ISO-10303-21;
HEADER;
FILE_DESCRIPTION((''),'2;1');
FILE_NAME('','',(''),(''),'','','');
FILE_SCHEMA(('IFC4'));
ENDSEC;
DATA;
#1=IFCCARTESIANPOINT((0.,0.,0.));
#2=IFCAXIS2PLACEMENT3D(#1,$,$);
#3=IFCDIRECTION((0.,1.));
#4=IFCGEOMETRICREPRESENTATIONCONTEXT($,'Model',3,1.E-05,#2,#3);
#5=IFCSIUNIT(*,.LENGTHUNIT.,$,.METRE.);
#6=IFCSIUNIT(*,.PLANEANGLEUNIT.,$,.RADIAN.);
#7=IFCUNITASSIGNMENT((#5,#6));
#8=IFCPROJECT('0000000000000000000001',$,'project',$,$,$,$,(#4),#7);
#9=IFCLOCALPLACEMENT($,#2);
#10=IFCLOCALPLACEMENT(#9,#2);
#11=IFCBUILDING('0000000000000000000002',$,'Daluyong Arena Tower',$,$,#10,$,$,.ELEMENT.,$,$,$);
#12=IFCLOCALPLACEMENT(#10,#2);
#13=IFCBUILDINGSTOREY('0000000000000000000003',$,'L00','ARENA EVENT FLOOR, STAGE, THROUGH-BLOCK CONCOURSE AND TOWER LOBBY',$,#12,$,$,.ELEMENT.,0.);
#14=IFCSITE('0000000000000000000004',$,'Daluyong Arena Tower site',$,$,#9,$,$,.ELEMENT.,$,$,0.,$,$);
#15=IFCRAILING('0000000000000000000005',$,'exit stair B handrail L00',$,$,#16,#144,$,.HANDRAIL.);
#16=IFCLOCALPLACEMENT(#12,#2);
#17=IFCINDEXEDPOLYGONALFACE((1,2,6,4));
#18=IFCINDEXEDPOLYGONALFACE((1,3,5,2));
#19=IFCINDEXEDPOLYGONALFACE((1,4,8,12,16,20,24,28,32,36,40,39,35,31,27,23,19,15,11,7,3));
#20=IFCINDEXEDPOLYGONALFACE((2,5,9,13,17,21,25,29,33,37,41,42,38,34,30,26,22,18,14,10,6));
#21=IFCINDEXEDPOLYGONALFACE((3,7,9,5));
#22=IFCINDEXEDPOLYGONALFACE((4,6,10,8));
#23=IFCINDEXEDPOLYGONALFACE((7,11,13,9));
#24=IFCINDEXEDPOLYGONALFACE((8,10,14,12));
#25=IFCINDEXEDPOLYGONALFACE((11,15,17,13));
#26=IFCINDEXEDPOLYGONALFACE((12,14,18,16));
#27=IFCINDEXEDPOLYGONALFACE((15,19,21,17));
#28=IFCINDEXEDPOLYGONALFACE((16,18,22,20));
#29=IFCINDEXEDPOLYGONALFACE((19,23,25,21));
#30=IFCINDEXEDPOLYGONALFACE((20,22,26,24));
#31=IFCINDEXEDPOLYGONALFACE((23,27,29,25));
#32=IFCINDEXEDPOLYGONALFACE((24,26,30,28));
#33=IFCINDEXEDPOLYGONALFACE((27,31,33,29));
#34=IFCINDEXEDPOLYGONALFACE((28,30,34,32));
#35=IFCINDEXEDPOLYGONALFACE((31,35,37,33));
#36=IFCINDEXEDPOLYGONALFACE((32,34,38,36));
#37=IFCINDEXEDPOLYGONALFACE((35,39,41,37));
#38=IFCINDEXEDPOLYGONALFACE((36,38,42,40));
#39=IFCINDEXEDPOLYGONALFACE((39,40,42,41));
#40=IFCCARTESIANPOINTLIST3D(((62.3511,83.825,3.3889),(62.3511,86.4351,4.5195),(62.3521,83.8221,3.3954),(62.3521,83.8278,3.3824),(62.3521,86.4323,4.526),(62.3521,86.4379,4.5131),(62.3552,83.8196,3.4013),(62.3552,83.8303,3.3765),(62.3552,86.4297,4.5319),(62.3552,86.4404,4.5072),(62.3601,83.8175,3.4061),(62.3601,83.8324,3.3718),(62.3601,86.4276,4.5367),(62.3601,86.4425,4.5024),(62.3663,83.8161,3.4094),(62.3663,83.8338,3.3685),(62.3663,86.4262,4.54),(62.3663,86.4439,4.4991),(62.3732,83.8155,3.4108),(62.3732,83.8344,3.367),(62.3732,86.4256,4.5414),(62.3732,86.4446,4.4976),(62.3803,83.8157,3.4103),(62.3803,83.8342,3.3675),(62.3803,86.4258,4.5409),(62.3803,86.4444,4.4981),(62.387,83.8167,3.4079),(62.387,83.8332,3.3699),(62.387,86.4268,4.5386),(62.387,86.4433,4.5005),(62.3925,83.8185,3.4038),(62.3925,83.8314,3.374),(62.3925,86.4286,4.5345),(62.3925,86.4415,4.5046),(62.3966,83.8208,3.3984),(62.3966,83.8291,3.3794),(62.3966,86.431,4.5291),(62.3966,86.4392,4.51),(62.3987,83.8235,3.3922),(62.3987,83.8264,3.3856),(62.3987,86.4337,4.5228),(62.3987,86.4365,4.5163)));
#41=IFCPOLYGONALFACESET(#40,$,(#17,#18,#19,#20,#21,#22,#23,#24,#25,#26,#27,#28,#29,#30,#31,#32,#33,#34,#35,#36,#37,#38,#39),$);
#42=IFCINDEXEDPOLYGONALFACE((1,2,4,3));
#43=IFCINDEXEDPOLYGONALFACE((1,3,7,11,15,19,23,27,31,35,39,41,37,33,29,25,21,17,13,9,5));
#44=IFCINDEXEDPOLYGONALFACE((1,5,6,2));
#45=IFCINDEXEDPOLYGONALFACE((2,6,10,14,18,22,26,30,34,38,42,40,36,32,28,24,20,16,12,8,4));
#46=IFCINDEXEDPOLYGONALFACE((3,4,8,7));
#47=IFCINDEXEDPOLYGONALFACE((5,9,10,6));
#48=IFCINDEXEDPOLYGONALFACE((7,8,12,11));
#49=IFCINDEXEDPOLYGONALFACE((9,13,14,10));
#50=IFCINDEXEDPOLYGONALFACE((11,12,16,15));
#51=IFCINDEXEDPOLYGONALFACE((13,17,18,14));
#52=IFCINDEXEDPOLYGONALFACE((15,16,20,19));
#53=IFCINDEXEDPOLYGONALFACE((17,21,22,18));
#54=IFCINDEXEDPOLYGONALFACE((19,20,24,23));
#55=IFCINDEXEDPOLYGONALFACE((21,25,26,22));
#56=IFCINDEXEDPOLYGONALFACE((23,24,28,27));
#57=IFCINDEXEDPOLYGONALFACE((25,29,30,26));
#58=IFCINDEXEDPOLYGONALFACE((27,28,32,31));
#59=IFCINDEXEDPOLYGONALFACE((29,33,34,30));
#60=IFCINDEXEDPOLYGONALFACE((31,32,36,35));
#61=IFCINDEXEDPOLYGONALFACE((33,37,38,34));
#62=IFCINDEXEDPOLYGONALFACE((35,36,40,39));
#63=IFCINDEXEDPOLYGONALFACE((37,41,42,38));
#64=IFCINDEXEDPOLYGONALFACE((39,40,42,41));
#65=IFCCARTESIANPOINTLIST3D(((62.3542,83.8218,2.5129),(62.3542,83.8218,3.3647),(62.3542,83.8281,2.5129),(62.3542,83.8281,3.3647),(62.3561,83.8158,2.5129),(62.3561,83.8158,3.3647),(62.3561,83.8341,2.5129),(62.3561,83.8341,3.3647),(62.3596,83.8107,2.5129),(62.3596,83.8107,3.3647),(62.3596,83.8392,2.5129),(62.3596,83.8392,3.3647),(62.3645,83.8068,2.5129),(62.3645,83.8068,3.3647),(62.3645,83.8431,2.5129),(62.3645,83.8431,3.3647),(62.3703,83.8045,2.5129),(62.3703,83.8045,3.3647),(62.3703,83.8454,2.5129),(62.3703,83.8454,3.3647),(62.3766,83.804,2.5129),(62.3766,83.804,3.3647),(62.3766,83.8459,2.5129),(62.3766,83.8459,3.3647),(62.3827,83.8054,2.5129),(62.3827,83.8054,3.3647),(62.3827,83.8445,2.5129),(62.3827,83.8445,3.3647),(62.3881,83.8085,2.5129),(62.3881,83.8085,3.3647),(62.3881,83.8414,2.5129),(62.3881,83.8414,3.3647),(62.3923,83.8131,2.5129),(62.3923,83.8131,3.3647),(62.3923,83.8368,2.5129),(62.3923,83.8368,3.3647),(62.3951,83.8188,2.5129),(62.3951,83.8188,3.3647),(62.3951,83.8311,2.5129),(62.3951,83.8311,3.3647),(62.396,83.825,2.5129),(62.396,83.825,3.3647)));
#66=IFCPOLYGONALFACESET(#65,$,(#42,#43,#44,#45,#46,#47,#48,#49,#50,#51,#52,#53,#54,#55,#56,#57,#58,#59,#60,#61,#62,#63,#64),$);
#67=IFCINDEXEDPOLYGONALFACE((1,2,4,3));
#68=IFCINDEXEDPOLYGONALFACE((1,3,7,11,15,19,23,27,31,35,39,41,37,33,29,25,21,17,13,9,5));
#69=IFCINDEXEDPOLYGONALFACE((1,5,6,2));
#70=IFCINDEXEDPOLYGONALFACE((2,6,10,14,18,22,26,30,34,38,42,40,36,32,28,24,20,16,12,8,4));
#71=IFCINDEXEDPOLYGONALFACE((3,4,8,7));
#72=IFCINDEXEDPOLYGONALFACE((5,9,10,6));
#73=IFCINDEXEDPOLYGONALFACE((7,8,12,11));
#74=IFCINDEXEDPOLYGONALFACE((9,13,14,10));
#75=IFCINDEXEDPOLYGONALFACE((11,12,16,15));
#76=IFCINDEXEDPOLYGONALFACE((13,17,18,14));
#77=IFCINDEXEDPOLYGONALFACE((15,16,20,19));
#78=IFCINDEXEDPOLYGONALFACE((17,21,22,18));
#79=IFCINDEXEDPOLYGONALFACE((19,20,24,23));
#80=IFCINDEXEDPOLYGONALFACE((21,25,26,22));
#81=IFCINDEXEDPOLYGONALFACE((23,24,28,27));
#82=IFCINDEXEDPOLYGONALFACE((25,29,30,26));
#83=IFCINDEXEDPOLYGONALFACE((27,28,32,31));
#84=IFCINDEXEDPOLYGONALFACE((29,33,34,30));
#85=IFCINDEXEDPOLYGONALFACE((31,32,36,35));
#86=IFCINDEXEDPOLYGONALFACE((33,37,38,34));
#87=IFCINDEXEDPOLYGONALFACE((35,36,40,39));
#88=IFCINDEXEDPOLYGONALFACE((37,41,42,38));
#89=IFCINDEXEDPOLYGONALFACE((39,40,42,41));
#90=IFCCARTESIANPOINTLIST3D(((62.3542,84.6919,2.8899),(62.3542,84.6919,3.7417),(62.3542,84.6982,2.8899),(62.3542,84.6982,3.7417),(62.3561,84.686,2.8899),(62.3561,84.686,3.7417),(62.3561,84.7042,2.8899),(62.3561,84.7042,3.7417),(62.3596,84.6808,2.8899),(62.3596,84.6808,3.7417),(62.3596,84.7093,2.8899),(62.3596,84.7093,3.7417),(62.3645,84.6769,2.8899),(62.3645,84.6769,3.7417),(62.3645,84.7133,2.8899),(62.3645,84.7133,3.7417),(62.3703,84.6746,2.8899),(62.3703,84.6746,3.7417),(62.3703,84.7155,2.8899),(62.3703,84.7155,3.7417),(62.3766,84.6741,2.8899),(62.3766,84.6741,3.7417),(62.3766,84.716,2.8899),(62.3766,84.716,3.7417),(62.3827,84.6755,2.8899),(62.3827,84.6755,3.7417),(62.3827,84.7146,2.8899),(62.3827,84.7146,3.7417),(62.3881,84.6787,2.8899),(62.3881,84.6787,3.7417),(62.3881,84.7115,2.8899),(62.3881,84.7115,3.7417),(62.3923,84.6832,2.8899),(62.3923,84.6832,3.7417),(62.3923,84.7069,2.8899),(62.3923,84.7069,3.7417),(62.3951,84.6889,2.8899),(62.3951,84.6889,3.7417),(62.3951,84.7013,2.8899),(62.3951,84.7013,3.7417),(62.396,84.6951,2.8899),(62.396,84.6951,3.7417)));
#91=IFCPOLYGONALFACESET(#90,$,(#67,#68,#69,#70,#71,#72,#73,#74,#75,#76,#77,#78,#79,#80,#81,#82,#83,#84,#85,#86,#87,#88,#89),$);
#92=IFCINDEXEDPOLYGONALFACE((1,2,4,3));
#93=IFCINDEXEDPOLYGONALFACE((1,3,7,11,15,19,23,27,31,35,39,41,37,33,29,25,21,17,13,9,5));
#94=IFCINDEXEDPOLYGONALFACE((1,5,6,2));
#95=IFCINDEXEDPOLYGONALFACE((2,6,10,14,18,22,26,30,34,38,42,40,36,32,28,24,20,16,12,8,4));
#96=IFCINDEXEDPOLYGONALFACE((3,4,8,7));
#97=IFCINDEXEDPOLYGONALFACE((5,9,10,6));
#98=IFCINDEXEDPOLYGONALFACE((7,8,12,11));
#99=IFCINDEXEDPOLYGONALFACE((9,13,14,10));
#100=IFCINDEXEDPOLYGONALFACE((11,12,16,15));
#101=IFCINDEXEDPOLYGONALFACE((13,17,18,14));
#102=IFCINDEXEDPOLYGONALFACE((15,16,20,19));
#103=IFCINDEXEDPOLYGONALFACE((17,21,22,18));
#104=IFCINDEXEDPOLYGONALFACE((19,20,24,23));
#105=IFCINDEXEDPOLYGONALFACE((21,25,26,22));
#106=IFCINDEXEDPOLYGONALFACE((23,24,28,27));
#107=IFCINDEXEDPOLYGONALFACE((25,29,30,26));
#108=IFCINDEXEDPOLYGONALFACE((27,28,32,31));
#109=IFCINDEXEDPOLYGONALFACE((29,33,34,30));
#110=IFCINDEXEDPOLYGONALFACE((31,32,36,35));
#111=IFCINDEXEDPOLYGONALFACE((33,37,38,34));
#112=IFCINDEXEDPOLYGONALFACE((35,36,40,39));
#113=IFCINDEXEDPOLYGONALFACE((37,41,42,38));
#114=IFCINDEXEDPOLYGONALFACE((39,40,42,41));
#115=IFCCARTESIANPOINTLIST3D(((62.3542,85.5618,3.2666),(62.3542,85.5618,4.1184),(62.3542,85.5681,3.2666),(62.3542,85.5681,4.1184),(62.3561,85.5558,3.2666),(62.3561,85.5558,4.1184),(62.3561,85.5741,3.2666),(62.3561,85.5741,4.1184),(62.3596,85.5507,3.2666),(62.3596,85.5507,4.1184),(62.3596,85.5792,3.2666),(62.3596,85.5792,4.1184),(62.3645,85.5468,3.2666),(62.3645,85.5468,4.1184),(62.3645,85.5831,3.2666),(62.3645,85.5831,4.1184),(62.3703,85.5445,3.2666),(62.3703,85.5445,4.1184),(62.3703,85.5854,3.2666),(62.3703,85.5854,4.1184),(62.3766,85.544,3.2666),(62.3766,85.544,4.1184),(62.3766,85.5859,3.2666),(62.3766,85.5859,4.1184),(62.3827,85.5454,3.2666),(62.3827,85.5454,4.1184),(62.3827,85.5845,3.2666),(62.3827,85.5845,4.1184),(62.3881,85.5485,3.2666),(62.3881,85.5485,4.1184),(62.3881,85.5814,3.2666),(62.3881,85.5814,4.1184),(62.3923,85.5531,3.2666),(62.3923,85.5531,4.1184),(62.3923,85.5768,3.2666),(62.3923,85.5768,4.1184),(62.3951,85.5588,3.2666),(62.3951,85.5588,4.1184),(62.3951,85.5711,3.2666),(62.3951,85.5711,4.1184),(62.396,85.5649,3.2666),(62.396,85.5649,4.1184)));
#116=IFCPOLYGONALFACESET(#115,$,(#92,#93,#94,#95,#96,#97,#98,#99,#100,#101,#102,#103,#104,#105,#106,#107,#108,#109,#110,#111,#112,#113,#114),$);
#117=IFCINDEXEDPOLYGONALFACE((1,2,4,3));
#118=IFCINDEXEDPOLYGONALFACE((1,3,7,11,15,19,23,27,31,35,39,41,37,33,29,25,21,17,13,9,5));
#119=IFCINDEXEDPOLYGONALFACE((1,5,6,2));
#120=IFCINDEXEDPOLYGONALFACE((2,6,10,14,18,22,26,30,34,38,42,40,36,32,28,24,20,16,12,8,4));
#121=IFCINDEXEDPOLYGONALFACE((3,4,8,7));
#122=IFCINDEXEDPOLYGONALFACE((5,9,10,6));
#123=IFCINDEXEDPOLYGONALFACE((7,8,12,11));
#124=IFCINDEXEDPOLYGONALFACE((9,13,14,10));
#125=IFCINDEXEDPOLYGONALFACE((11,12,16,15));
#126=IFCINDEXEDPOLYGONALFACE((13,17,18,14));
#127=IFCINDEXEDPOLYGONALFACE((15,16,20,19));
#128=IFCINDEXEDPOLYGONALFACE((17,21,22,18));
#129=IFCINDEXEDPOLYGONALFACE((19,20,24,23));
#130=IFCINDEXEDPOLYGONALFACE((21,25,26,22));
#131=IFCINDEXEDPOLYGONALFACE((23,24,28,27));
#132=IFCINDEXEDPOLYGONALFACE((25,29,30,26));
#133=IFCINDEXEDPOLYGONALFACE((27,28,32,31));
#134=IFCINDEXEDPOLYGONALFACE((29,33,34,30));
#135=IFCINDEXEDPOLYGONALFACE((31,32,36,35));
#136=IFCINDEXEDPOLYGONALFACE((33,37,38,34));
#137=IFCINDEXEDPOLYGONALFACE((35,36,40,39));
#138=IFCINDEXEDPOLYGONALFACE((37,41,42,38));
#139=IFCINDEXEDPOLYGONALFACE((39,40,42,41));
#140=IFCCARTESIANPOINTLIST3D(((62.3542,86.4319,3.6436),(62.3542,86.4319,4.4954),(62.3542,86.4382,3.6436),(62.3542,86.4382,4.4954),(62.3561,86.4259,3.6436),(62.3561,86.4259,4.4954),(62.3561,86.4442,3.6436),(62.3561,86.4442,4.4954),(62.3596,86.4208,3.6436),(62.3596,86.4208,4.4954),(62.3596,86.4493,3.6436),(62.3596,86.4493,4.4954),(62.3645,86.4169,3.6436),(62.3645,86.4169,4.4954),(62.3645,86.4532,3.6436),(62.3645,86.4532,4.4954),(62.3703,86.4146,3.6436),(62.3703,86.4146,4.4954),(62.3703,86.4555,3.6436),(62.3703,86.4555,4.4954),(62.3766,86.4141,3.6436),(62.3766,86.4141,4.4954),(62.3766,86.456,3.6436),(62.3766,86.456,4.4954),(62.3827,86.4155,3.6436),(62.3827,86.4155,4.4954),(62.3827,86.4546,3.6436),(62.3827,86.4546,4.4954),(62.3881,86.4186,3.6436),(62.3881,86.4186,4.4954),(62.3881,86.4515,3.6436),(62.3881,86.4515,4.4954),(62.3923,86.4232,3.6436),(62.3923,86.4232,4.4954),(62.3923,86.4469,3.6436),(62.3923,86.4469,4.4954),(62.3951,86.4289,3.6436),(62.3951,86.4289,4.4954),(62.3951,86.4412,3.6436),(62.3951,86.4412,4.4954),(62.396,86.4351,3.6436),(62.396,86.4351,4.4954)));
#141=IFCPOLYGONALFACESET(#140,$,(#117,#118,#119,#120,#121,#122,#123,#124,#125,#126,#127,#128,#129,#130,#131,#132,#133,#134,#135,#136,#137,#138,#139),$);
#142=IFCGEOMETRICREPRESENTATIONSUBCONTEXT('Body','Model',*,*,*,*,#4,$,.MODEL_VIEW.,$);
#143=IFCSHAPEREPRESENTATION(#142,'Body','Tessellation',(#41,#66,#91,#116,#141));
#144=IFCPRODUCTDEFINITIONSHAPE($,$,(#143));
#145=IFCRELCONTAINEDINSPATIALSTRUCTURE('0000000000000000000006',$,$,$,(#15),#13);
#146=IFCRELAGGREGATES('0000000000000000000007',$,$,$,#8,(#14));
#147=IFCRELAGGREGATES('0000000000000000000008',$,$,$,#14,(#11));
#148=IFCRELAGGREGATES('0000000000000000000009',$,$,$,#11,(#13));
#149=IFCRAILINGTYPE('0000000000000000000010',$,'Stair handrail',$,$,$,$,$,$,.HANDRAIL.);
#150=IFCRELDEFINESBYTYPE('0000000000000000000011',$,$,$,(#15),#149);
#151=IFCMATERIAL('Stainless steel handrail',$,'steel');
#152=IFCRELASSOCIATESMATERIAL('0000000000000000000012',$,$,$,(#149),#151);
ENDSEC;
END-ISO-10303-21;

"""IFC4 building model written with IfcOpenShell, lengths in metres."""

from ifc_helpers import new_model, si_unit, direction, frame, origin, origin_2d, place, context, subcontext, project, spatial, circle, extrude, material, type_object, element, save


model = new_model("IFC4")

# Units and contexts
model_context = context("Model", 3, precision=1e-05, world=origin(), true_north=direction((0.0, 1.0)))
body_context = subcontext(model_context, "Body", "Model", "MODEL_VIEW")
ifc_project = project(units=[si_unit("LENGTHUNIT", "METRE"), si_unit("PLANEANGLEUNIT", "RADIAN")], contexts=[model_context])

# Site, building, storey
site_placement = place(None, origin())
site = spatial("IfcSite", under=ifc_project, at=site_placement, Name="Daluyong Arena Tower site", CompositionType="ELEMENT", RefElevation=0.0)
building_placement = place(site_placement, origin())
building = spatial("IfcBuilding", under=site, at=building_placement, Name="Daluyong Arena Tower", CompositionType="ELEMENT")
storey_placement = place(building_placement, origin())
storey = spatial("IfcBuildingStorey", under=building, at=storey_placement, Name="L00", Description="ARENA EVENT FLOOR, STAGE, THROUGH-BLOCK CONCOURSE AND TOWER LOBBY", CompositionType="ELEMENT", Elevation=0.0)

# Railing
ifc_material_1 = material(Name="Stainless steel handrail", Category="steel")
railing_type_1 = type_object("IfcRailingType", Name="Stair handrail", PredefinedType="HANDRAIL", material=ifc_material_1)
railing_1_placement = place(storey_placement, frame((62.375, 83.825, 2.5129)))
element("IfcRailing", 1, at=railing_1_placement, inside=storey, type_object=railing_type_1, Name="exit stair B handrail L00", PredefinedType="HANDRAIL", context=body_context, shape_type="SweptSolid", body=[
    extrude(circle(Radius=0.0239, at=origin_2d()), frame((0.0, 0.0, 0.876), z_axis=(0.0, 0.917611, 0.39748), x_axis=(-1.0, 0.0, 0.0)), (0.0, 0.0, 1.0), 2.8445),
    extrude(circle(Radius=0.021, at=origin_2d()), origin(), (0.0, 0.0, 1.0), 0.8518),
    extrude(circle(Radius=0.021, at=origin_2d()), frame((0.0, 0.8701, 0.377)), (0.0, 0.0, 1.0), 0.8518),
    extrude(circle(Radius=0.021, at=origin_2d()), frame((0.0, 1.74, 0.7537)), (0.0, 0.0, 1.0), 0.8518),
    extrude(circle(Radius=0.021, at=origin_2d()), frame((0.0, 2.6101, 1.1306)), (0.0, 0.0, 1.0), 0.8518),
])

save(model, "model.ifc")
